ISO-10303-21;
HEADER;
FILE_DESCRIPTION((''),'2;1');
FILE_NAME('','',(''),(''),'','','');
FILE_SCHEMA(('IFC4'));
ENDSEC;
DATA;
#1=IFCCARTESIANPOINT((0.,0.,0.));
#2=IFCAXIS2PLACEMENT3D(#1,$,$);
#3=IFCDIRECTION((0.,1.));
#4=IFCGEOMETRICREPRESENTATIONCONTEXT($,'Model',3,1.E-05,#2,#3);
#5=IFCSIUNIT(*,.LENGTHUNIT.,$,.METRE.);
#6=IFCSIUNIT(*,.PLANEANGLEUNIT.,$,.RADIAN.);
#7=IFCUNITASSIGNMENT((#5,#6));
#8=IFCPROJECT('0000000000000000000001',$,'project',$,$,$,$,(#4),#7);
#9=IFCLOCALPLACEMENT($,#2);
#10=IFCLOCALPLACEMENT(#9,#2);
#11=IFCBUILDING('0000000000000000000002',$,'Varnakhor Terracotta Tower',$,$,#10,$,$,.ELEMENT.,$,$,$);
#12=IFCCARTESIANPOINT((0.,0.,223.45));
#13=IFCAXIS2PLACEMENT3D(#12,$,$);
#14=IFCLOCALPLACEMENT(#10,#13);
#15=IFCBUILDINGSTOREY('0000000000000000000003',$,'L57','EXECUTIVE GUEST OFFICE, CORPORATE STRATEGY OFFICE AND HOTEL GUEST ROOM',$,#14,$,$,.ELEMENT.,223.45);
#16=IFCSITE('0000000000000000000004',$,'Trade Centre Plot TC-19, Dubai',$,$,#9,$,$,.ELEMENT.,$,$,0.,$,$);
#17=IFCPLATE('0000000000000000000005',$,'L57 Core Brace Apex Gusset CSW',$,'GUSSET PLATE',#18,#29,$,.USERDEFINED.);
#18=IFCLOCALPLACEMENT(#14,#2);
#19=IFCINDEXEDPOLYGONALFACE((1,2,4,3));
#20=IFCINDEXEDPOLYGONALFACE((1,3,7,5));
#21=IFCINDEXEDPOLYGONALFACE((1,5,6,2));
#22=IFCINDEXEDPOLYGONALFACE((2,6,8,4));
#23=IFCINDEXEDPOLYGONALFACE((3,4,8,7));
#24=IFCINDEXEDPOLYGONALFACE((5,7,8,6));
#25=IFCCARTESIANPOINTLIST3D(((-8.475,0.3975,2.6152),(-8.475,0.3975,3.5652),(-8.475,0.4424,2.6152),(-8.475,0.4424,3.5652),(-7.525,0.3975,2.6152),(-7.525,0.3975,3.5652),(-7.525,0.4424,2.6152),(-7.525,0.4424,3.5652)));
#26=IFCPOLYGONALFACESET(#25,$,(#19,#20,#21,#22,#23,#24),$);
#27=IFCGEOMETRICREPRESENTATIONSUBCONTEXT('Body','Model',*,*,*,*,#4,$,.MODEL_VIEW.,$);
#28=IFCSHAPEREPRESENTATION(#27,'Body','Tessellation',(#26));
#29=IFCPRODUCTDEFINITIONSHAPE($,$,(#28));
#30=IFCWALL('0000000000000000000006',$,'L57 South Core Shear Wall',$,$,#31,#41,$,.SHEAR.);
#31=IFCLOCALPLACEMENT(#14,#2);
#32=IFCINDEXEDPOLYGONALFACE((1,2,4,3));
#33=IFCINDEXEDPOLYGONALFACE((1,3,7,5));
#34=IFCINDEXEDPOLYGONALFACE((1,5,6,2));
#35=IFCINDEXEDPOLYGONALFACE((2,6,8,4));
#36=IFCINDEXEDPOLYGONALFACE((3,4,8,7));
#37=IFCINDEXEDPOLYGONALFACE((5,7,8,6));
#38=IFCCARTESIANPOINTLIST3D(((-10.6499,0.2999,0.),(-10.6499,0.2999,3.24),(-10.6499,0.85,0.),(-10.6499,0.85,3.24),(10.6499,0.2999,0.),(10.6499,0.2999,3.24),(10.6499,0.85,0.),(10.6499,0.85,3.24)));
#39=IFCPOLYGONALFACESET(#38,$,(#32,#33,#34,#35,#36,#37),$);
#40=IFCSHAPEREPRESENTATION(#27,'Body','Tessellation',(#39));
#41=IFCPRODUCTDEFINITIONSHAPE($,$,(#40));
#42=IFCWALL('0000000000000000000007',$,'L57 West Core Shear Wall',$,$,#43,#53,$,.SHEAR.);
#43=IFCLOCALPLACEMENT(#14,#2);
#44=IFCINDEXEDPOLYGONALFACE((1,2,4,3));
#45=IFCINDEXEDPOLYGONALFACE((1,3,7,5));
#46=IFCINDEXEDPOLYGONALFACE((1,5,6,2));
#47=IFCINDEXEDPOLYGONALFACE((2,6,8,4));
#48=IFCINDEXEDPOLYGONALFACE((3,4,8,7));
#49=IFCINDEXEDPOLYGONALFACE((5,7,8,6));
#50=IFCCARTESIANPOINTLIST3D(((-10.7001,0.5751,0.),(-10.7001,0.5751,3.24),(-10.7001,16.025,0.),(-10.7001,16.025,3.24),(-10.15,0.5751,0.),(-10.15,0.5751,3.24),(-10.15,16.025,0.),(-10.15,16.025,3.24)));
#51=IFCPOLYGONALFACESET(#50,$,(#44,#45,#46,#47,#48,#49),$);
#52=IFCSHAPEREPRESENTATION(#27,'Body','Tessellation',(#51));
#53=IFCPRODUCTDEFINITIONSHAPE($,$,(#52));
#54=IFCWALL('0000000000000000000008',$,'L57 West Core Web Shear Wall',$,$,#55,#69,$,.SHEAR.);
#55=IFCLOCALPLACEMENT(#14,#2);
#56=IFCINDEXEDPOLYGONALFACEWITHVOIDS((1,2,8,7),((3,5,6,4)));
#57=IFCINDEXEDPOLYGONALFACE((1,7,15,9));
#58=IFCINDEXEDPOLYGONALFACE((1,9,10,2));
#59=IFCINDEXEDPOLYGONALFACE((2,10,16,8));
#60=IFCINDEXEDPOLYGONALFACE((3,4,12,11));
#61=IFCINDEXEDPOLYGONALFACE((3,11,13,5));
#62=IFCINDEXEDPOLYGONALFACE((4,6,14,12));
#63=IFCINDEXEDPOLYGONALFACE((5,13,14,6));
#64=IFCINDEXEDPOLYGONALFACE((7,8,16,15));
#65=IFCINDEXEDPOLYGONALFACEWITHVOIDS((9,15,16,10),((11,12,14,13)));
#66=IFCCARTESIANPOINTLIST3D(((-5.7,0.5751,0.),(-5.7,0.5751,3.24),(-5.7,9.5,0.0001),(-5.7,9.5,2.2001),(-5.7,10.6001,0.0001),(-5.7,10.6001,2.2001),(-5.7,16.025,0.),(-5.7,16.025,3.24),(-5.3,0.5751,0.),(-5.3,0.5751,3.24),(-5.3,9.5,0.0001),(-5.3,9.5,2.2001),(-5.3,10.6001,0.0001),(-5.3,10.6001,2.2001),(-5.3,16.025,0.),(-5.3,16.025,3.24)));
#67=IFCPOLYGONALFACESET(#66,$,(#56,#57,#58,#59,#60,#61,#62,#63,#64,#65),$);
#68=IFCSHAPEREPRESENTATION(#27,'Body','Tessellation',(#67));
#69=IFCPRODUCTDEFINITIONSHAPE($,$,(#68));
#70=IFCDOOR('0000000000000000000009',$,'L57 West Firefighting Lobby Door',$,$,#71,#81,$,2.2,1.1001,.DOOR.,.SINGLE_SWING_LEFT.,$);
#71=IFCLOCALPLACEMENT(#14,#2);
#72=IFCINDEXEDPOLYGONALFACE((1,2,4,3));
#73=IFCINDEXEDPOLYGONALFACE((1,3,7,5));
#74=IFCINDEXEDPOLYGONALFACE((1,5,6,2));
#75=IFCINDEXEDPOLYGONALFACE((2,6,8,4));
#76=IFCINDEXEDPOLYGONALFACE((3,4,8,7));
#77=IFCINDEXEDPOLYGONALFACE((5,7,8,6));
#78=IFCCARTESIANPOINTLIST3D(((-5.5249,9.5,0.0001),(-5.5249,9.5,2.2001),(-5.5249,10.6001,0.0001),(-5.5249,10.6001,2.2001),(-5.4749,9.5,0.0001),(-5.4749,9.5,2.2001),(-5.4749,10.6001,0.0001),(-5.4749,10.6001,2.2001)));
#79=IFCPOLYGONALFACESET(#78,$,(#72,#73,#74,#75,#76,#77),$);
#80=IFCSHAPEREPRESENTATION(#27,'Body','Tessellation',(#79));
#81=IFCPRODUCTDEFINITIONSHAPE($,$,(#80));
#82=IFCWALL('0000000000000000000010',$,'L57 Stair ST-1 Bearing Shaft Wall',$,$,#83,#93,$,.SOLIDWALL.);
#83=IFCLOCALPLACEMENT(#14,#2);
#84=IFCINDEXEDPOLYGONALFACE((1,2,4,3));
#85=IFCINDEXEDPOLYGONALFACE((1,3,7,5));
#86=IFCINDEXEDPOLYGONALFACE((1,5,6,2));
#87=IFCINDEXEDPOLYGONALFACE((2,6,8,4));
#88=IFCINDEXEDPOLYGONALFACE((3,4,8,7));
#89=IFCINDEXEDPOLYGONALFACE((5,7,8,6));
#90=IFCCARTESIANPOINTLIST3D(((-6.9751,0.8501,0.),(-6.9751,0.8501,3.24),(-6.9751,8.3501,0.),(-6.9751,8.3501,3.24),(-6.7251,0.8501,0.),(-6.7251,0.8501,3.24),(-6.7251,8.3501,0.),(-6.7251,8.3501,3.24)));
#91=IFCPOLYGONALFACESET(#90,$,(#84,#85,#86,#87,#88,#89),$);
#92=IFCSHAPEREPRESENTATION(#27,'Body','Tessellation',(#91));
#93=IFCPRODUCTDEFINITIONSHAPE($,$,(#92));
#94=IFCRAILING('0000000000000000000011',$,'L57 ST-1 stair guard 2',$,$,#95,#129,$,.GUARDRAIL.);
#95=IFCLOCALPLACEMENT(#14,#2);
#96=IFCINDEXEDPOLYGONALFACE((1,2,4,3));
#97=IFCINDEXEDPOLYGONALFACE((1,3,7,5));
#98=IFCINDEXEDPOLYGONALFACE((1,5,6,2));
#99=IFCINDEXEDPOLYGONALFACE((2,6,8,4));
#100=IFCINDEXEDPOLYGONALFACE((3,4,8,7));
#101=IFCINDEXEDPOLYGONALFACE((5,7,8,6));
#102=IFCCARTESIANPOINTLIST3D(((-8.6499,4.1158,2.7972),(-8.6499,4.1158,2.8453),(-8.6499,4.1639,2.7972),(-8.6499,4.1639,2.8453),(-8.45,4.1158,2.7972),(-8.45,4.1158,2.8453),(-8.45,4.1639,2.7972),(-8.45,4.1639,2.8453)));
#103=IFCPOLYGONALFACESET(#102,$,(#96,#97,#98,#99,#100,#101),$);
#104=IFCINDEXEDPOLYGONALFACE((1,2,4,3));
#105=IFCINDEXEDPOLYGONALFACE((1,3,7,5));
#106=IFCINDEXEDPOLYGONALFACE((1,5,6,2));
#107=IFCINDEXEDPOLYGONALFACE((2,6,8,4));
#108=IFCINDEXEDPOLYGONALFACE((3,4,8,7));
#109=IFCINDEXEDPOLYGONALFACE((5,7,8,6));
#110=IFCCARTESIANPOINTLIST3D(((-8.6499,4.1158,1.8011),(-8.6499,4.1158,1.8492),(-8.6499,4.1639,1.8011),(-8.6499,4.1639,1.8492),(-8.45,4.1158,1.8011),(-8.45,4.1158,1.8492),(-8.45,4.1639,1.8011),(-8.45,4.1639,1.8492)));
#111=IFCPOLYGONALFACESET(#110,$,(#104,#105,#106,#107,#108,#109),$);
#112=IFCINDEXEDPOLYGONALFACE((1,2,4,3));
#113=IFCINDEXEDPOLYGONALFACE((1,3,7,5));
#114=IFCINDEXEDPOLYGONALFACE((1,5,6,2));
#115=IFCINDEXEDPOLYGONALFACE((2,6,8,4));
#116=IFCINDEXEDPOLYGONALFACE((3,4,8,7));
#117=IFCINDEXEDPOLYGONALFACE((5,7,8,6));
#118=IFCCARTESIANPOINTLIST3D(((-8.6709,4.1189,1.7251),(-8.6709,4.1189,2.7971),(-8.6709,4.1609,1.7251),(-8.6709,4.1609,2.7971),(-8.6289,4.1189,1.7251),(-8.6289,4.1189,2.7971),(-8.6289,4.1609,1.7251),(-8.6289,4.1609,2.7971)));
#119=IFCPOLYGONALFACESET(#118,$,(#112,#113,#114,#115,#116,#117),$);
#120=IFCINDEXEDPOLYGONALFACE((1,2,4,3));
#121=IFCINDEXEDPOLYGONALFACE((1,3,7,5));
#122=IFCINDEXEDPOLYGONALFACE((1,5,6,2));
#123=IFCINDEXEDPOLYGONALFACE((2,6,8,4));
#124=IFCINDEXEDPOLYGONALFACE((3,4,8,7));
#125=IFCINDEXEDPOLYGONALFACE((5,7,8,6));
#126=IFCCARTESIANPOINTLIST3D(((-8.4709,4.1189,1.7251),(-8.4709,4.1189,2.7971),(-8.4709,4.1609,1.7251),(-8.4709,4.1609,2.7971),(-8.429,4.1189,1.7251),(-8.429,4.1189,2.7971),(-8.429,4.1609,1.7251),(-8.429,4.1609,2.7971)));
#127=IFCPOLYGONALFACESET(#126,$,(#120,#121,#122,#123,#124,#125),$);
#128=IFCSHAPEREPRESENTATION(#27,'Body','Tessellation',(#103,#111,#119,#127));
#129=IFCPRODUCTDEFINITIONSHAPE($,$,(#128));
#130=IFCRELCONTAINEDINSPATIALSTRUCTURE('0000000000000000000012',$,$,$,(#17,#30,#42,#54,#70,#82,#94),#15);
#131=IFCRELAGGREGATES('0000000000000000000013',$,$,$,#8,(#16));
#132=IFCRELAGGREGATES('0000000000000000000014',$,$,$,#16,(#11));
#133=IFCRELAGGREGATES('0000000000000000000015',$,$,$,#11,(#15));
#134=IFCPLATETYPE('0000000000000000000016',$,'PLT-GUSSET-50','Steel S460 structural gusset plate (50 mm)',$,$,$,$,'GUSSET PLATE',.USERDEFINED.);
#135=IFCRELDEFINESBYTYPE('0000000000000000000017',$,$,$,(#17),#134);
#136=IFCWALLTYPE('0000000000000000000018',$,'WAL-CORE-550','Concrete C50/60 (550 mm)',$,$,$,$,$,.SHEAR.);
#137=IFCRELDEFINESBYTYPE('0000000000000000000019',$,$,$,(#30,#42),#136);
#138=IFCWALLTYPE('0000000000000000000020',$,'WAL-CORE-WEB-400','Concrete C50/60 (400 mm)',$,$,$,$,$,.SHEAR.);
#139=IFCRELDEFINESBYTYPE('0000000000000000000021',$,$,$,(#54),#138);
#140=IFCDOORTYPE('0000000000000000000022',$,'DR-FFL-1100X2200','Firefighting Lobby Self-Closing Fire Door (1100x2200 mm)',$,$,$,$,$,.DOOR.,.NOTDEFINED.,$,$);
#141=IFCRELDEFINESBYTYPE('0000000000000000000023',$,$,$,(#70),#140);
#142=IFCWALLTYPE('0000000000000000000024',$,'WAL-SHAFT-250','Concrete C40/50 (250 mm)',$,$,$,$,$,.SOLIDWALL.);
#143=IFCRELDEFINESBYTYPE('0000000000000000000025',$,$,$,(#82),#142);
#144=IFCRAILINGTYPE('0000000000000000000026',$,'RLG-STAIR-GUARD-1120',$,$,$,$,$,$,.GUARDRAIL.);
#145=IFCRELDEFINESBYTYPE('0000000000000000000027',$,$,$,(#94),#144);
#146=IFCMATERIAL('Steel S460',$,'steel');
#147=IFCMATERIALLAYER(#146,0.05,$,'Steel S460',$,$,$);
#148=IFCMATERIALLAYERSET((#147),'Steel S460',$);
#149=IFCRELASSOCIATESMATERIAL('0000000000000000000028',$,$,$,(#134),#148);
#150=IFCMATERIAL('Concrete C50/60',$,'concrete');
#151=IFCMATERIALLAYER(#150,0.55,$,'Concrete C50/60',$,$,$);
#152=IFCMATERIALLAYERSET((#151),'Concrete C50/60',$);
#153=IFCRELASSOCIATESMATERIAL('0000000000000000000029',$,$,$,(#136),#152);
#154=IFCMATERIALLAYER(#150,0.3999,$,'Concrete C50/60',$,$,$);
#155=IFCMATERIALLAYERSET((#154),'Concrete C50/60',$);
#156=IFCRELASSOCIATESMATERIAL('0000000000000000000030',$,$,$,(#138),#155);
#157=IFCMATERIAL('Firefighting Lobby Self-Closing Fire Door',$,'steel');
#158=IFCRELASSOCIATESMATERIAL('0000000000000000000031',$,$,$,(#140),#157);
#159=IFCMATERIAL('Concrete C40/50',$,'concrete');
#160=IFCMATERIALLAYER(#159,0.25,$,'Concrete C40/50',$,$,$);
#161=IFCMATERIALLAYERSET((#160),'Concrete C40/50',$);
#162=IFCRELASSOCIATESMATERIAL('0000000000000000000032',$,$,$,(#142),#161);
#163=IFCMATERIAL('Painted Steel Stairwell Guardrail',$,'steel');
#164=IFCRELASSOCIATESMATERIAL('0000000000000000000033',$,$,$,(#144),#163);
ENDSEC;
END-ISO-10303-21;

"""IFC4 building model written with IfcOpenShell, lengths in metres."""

from ifc_helpers import new_model, si_unit, direction, frame, frame_2d, origin, origin_2d, place, context, subcontext, project, spatial, rectangle, extrude, source, transform, mapped, material, layer, layer_set, type_object, type_shapes, element, fill, save


model = new_model("IFC4")

# Units and contexts
model_context = context("Model", 3, precision=1e-05, world=origin(), true_north=direction((0.0, 1.0)))
body_context = subcontext(model_context, "Body", "Model", "MODEL_VIEW")
ifc_project = project(units=[si_unit("LENGTHUNIT", "METRE"), si_unit("PLANEANGLEUNIT", "RADIAN")], contexts=[model_context])

# Site, building, storey
site_placement = place(None, origin())
site = spatial("IfcSite", under=ifc_project, at=site_placement, Name="Trade Centre Plot TC-19, Dubai", CompositionType="ELEMENT", RefElevation=0.0)
building_placement = place(site_placement, origin())
building = spatial("IfcBuilding", under=site, at=building_placement, Name="Varnakhor Terracotta Tower", CompositionType="ELEMENT")
storey_placement = place(building_placement, frame((0.0, 0.0, 223.45)))
storey = spatial("IfcBuildingStorey", under=building, at=storey_placement, Name="L57", Description="EXECUTIVE GUEST OFFICE, CORPORATE STRATEGY OFFICE AND HOTEL GUEST ROOM", CompositionType="ELEMENT", Elevation=223.45)

# Shared definitions
ifc_material_1 = material(Name="Concrete C50/60", Category="concrete")

# Plate
ifc_material_2 = material(Name="Steel S460", Category="steel")
ifc_layer_1 = layer(ifc_material_2, 0.05, Name="Steel S460")
ifc_layer_set_1 = layer_set([ifc_layer_1], Name="Steel S460")
plate_type = type_object("IfcPlateType", Name="PLT-GUSSET-50", Description="Steel S460 structural gusset plate (50 mm)", ElementType="GUSSET PLATE", PredefinedType="USERDEFINED", material=ifc_layer_set_1)
shared_shape_1 = source(origin(), body_context, "Body", "SweptSolid", [
    extrude(rectangle(XDim=0.95, YDim=0.0449, at=origin_2d()), origin(), (0.0, 0.0, 1.0), 0.95),
])
plate_placement = place(storey_placement, frame((-8.0, 0.4199, 2.6152), z_axis=(0.0, 0.0, 1.0), x_axis=(1.0, 0.0, 0.0)))
element("IfcPlate", 1, at=plate_placement, inside=storey, type_object=plate_type, Name="L57 Core Brace Apex Gusset CSW", ObjectType="GUSSET PLATE", PredefinedType="USERDEFINED", context=body_context, shape_type="MappedRepresentation", body=[
    mapped(shared_shape_1, transform((0.0, 0.0, 0.0), scale=1.0)),
])

# Walls
ifc_layer_2 = layer(ifc_material_1, 0.55, Name="Concrete C50/60")
ifc_layer_set_2 = layer_set([ifc_layer_2], Name="Concrete C50/60")
wall_type_1 = type_object("IfcWallType", Name="WAL-CORE-550", Description="Concrete C50/60 (550 mm)", PredefinedType="SHEAR", material=ifc_layer_set_2)
wall_1_placement = place(storey_placement, frame((-10.6499, 0.575, 0.0), z_axis=(0.0, 0.0, 1.0), x_axis=(1.0, 0.0, 0.0)))
element("IfcWall", 2, at=wall_1_placement, inside=storey, type_object=wall_type_1, Name="L57 South Core Shear Wall", PredefinedType="SHEAR", context=body_context, shape_type="SweptSolid", body=[
    extrude(rectangle(XDim=21.2998, YDim=0.55, at=frame_2d((10.6499, 0.0))), origin(), (0.0, 0.0, 1.0), 3.24),
])
wall_2_placement = place(storey_placement, frame((-10.425, 0.575, 0.0), z_axis=(0.0, 0.0, 1.0), x_axis=(0.0, 1.0, 0.0)))
element("IfcWall", 3, at=wall_2_placement, inside=storey, type_object=wall_type_1, Name="L57 West Core Shear Wall", PredefinedType="SHEAR", context=body_context, shape_type="SweptSolid", body=[
    extrude(rectangle(XDim=15.45, YDim=0.55, at=frame_2d((7.7251, 0.0))), origin(), (0.0, 0.0, 1.0), 3.24),
])

# Wall, opening, door
ifc_layer_3 = layer(ifc_material_1, 0.3999, Name="Concrete C50/60")
ifc_layer_set_3 = layer_set([ifc_layer_3], Name="Concrete C50/60")
wall_type_2 = type_object("IfcWallType", Name="WAL-CORE-WEB-400", Description="Concrete C50/60 (400 mm)", PredefinedType="SHEAR", material=ifc_layer_set_3)
wall_3_placement = place(storey_placement, frame((-5.5, 0.575, 0.0), z_axis=(0.0, 0.0, 1.0), x_axis=(0.0, 1.0, 0.0)))
wall_3 = element("IfcWall", 4, at=wall_3_placement, inside=storey, type_object=wall_type_2, Name="L57 West Core Web Shear Wall", PredefinedType="SHEAR", context=body_context, shape_type="SweptSolid", body=[
    extrude(rectangle(XDim=15.45, YDim=0.3999, at=frame_2d((7.7251, 0.0))), origin(), (0.0, 0.0, 1.0), 3.24),
])
opening_placement = place(wall_3_placement, frame((8.925, 0.0, 0.0)))
opening = element("IfcOpeningElement", 5, at=opening_placement, cuts=wall_3, PredefinedType="OPENING", context=body_context, shape_type="SweptSolid", body=[
    extrude(rectangle(XDim=1.1001, YDim=2.2, at=frame_2d((0.55, 1.1001))), frame((0.0, 0.21, 0.0), z_axis=(0.0, -1.0, 0.0), x_axis=(1.0, 0.0, 0.0)), (0.0, 0.0, 1.0), 0.4199),
])
ifc_material_3 = material(Name="Firefighting Lobby Self-Closing Fire Door", Category="steel")
door_type = type_object("IfcDoorType", Name="DR-FFL-1100X2200", Description="Firefighting Lobby Self-Closing Fire Door (1100x2200 mm)", OperationType="NOTDEFINED", PredefinedType="DOOR", material=ifc_material_3)
shared_shape_2 = source(origin(), body_context, "Body", "SweptSolid", [
    extrude(rectangle(XDim=1.1001, YDim=2.2, at=frame_2d((0.55, 1.1001))), frame((0.0, 0.0249, 0.0), z_axis=(0.0, -1.0, 0.0), x_axis=(1.0, 0.0, 0.0)), (0.0, 0.0, 1.0), 0.05),
])
type_shapes(door_type, [shared_shape_2])
door_placement = place(opening_placement, origin())
door = element("IfcDoor", 6, at=door_placement, inside=storey, type_object=door_type, Name="L57 West Firefighting Lobby Door", OperationType="SINGLE_SWING_LEFT", OverallHeight=2.2, OverallWidth=1.1001, PredefinedType="DOOR", context=body_context, shape_type="MappedRepresentation", body=[
    mapped(shared_shape_2, transform((0.0, 0.0, 0.0), scale=1.0)),
])
fill(opening, door)

# Wall
ifc_material_4 = material(Name="Concrete C40/50", Category="concrete")
ifc_layer_4 = layer(ifc_material_4, 0.25, Name="Concrete C40/50")
ifc_layer_set_4 = layer_set([ifc_layer_4], Name="Concrete C40/50")
wall_type_3 = type_object("IfcWallType", Name="WAL-SHAFT-250", Description="Concrete C40/50 (250 mm)", PredefinedType="SOLIDWALL", material=ifc_layer_set_4)
wall_4_placement = place(storey_placement, frame((-6.8501, 0.8501, 0.0), z_axis=(0.0, 0.0, 1.0), x_axis=(0.0, 1.0, 0.0)))
element("IfcWall", 7, at=wall_4_placement, inside=storey, type_object=wall_type_3, Name="L57 Stair ST-1 Bearing Shaft Wall", PredefinedType="SOLIDWALL", context=body_context, shape_type="SweptSolid", body=[
    extrude(rectangle(XDim=7.5, YDim=0.25, at=frame_2d((3.75, 0.0))), origin(), (0.0, 0.0, 1.0), 3.24),
])

# Railing
ifc_material_5 = material(Name="Painted Steel Stairwell Guardrail", Category="steel")
railing_type = type_object("IfcRailingType", Name="RLG-STAIR-GUARD-1120", PredefinedType="GUARDRAIL", material=ifc_material_5)
railing_placement = place(storey_placement, frame((-8.6499, 4.1399, 1.7251)))
element("IfcRailing", 8, at=railing_placement, inside=storey, type_object=railing_type, Name="L57 ST-1 stair guard 2", PredefinedType="GUARDRAIL", context=body_context, shape_type="SweptSolid", body=[
    extrude(rectangle(XDim=0.0481, YDim=0.0481, at=origin_2d()), frame((0.0, 0.0, 1.0962), z_axis=(1.0, 0.0, 0.0), x_axis=(0.0, 1.0, 0.0)), (0.0, 0.0, 1.0), 0.2),
    extrude(rectangle(XDim=0.0481, YDim=0.0481, at=origin_2d()), frame((0.0, 0.0, 0.1001), z_axis=(1.0, 0.0, 0.0), x_axis=(0.0, 1.0, 0.0)), (0.0, 0.0, 1.0), 0.2),
    extrude(rectangle(XDim=0.042, YDim=0.042, at=origin_2d()), origin(), (0.0, 0.0, 1.0), 1.072),
    extrude(rectangle(XDim=0.042, YDim=0.042, at=origin_2d()), frame((0.2, 0.0, 0.0)), (0.0, 0.0, 1.0), 1.072),
])

save(model, "model.ifc")
